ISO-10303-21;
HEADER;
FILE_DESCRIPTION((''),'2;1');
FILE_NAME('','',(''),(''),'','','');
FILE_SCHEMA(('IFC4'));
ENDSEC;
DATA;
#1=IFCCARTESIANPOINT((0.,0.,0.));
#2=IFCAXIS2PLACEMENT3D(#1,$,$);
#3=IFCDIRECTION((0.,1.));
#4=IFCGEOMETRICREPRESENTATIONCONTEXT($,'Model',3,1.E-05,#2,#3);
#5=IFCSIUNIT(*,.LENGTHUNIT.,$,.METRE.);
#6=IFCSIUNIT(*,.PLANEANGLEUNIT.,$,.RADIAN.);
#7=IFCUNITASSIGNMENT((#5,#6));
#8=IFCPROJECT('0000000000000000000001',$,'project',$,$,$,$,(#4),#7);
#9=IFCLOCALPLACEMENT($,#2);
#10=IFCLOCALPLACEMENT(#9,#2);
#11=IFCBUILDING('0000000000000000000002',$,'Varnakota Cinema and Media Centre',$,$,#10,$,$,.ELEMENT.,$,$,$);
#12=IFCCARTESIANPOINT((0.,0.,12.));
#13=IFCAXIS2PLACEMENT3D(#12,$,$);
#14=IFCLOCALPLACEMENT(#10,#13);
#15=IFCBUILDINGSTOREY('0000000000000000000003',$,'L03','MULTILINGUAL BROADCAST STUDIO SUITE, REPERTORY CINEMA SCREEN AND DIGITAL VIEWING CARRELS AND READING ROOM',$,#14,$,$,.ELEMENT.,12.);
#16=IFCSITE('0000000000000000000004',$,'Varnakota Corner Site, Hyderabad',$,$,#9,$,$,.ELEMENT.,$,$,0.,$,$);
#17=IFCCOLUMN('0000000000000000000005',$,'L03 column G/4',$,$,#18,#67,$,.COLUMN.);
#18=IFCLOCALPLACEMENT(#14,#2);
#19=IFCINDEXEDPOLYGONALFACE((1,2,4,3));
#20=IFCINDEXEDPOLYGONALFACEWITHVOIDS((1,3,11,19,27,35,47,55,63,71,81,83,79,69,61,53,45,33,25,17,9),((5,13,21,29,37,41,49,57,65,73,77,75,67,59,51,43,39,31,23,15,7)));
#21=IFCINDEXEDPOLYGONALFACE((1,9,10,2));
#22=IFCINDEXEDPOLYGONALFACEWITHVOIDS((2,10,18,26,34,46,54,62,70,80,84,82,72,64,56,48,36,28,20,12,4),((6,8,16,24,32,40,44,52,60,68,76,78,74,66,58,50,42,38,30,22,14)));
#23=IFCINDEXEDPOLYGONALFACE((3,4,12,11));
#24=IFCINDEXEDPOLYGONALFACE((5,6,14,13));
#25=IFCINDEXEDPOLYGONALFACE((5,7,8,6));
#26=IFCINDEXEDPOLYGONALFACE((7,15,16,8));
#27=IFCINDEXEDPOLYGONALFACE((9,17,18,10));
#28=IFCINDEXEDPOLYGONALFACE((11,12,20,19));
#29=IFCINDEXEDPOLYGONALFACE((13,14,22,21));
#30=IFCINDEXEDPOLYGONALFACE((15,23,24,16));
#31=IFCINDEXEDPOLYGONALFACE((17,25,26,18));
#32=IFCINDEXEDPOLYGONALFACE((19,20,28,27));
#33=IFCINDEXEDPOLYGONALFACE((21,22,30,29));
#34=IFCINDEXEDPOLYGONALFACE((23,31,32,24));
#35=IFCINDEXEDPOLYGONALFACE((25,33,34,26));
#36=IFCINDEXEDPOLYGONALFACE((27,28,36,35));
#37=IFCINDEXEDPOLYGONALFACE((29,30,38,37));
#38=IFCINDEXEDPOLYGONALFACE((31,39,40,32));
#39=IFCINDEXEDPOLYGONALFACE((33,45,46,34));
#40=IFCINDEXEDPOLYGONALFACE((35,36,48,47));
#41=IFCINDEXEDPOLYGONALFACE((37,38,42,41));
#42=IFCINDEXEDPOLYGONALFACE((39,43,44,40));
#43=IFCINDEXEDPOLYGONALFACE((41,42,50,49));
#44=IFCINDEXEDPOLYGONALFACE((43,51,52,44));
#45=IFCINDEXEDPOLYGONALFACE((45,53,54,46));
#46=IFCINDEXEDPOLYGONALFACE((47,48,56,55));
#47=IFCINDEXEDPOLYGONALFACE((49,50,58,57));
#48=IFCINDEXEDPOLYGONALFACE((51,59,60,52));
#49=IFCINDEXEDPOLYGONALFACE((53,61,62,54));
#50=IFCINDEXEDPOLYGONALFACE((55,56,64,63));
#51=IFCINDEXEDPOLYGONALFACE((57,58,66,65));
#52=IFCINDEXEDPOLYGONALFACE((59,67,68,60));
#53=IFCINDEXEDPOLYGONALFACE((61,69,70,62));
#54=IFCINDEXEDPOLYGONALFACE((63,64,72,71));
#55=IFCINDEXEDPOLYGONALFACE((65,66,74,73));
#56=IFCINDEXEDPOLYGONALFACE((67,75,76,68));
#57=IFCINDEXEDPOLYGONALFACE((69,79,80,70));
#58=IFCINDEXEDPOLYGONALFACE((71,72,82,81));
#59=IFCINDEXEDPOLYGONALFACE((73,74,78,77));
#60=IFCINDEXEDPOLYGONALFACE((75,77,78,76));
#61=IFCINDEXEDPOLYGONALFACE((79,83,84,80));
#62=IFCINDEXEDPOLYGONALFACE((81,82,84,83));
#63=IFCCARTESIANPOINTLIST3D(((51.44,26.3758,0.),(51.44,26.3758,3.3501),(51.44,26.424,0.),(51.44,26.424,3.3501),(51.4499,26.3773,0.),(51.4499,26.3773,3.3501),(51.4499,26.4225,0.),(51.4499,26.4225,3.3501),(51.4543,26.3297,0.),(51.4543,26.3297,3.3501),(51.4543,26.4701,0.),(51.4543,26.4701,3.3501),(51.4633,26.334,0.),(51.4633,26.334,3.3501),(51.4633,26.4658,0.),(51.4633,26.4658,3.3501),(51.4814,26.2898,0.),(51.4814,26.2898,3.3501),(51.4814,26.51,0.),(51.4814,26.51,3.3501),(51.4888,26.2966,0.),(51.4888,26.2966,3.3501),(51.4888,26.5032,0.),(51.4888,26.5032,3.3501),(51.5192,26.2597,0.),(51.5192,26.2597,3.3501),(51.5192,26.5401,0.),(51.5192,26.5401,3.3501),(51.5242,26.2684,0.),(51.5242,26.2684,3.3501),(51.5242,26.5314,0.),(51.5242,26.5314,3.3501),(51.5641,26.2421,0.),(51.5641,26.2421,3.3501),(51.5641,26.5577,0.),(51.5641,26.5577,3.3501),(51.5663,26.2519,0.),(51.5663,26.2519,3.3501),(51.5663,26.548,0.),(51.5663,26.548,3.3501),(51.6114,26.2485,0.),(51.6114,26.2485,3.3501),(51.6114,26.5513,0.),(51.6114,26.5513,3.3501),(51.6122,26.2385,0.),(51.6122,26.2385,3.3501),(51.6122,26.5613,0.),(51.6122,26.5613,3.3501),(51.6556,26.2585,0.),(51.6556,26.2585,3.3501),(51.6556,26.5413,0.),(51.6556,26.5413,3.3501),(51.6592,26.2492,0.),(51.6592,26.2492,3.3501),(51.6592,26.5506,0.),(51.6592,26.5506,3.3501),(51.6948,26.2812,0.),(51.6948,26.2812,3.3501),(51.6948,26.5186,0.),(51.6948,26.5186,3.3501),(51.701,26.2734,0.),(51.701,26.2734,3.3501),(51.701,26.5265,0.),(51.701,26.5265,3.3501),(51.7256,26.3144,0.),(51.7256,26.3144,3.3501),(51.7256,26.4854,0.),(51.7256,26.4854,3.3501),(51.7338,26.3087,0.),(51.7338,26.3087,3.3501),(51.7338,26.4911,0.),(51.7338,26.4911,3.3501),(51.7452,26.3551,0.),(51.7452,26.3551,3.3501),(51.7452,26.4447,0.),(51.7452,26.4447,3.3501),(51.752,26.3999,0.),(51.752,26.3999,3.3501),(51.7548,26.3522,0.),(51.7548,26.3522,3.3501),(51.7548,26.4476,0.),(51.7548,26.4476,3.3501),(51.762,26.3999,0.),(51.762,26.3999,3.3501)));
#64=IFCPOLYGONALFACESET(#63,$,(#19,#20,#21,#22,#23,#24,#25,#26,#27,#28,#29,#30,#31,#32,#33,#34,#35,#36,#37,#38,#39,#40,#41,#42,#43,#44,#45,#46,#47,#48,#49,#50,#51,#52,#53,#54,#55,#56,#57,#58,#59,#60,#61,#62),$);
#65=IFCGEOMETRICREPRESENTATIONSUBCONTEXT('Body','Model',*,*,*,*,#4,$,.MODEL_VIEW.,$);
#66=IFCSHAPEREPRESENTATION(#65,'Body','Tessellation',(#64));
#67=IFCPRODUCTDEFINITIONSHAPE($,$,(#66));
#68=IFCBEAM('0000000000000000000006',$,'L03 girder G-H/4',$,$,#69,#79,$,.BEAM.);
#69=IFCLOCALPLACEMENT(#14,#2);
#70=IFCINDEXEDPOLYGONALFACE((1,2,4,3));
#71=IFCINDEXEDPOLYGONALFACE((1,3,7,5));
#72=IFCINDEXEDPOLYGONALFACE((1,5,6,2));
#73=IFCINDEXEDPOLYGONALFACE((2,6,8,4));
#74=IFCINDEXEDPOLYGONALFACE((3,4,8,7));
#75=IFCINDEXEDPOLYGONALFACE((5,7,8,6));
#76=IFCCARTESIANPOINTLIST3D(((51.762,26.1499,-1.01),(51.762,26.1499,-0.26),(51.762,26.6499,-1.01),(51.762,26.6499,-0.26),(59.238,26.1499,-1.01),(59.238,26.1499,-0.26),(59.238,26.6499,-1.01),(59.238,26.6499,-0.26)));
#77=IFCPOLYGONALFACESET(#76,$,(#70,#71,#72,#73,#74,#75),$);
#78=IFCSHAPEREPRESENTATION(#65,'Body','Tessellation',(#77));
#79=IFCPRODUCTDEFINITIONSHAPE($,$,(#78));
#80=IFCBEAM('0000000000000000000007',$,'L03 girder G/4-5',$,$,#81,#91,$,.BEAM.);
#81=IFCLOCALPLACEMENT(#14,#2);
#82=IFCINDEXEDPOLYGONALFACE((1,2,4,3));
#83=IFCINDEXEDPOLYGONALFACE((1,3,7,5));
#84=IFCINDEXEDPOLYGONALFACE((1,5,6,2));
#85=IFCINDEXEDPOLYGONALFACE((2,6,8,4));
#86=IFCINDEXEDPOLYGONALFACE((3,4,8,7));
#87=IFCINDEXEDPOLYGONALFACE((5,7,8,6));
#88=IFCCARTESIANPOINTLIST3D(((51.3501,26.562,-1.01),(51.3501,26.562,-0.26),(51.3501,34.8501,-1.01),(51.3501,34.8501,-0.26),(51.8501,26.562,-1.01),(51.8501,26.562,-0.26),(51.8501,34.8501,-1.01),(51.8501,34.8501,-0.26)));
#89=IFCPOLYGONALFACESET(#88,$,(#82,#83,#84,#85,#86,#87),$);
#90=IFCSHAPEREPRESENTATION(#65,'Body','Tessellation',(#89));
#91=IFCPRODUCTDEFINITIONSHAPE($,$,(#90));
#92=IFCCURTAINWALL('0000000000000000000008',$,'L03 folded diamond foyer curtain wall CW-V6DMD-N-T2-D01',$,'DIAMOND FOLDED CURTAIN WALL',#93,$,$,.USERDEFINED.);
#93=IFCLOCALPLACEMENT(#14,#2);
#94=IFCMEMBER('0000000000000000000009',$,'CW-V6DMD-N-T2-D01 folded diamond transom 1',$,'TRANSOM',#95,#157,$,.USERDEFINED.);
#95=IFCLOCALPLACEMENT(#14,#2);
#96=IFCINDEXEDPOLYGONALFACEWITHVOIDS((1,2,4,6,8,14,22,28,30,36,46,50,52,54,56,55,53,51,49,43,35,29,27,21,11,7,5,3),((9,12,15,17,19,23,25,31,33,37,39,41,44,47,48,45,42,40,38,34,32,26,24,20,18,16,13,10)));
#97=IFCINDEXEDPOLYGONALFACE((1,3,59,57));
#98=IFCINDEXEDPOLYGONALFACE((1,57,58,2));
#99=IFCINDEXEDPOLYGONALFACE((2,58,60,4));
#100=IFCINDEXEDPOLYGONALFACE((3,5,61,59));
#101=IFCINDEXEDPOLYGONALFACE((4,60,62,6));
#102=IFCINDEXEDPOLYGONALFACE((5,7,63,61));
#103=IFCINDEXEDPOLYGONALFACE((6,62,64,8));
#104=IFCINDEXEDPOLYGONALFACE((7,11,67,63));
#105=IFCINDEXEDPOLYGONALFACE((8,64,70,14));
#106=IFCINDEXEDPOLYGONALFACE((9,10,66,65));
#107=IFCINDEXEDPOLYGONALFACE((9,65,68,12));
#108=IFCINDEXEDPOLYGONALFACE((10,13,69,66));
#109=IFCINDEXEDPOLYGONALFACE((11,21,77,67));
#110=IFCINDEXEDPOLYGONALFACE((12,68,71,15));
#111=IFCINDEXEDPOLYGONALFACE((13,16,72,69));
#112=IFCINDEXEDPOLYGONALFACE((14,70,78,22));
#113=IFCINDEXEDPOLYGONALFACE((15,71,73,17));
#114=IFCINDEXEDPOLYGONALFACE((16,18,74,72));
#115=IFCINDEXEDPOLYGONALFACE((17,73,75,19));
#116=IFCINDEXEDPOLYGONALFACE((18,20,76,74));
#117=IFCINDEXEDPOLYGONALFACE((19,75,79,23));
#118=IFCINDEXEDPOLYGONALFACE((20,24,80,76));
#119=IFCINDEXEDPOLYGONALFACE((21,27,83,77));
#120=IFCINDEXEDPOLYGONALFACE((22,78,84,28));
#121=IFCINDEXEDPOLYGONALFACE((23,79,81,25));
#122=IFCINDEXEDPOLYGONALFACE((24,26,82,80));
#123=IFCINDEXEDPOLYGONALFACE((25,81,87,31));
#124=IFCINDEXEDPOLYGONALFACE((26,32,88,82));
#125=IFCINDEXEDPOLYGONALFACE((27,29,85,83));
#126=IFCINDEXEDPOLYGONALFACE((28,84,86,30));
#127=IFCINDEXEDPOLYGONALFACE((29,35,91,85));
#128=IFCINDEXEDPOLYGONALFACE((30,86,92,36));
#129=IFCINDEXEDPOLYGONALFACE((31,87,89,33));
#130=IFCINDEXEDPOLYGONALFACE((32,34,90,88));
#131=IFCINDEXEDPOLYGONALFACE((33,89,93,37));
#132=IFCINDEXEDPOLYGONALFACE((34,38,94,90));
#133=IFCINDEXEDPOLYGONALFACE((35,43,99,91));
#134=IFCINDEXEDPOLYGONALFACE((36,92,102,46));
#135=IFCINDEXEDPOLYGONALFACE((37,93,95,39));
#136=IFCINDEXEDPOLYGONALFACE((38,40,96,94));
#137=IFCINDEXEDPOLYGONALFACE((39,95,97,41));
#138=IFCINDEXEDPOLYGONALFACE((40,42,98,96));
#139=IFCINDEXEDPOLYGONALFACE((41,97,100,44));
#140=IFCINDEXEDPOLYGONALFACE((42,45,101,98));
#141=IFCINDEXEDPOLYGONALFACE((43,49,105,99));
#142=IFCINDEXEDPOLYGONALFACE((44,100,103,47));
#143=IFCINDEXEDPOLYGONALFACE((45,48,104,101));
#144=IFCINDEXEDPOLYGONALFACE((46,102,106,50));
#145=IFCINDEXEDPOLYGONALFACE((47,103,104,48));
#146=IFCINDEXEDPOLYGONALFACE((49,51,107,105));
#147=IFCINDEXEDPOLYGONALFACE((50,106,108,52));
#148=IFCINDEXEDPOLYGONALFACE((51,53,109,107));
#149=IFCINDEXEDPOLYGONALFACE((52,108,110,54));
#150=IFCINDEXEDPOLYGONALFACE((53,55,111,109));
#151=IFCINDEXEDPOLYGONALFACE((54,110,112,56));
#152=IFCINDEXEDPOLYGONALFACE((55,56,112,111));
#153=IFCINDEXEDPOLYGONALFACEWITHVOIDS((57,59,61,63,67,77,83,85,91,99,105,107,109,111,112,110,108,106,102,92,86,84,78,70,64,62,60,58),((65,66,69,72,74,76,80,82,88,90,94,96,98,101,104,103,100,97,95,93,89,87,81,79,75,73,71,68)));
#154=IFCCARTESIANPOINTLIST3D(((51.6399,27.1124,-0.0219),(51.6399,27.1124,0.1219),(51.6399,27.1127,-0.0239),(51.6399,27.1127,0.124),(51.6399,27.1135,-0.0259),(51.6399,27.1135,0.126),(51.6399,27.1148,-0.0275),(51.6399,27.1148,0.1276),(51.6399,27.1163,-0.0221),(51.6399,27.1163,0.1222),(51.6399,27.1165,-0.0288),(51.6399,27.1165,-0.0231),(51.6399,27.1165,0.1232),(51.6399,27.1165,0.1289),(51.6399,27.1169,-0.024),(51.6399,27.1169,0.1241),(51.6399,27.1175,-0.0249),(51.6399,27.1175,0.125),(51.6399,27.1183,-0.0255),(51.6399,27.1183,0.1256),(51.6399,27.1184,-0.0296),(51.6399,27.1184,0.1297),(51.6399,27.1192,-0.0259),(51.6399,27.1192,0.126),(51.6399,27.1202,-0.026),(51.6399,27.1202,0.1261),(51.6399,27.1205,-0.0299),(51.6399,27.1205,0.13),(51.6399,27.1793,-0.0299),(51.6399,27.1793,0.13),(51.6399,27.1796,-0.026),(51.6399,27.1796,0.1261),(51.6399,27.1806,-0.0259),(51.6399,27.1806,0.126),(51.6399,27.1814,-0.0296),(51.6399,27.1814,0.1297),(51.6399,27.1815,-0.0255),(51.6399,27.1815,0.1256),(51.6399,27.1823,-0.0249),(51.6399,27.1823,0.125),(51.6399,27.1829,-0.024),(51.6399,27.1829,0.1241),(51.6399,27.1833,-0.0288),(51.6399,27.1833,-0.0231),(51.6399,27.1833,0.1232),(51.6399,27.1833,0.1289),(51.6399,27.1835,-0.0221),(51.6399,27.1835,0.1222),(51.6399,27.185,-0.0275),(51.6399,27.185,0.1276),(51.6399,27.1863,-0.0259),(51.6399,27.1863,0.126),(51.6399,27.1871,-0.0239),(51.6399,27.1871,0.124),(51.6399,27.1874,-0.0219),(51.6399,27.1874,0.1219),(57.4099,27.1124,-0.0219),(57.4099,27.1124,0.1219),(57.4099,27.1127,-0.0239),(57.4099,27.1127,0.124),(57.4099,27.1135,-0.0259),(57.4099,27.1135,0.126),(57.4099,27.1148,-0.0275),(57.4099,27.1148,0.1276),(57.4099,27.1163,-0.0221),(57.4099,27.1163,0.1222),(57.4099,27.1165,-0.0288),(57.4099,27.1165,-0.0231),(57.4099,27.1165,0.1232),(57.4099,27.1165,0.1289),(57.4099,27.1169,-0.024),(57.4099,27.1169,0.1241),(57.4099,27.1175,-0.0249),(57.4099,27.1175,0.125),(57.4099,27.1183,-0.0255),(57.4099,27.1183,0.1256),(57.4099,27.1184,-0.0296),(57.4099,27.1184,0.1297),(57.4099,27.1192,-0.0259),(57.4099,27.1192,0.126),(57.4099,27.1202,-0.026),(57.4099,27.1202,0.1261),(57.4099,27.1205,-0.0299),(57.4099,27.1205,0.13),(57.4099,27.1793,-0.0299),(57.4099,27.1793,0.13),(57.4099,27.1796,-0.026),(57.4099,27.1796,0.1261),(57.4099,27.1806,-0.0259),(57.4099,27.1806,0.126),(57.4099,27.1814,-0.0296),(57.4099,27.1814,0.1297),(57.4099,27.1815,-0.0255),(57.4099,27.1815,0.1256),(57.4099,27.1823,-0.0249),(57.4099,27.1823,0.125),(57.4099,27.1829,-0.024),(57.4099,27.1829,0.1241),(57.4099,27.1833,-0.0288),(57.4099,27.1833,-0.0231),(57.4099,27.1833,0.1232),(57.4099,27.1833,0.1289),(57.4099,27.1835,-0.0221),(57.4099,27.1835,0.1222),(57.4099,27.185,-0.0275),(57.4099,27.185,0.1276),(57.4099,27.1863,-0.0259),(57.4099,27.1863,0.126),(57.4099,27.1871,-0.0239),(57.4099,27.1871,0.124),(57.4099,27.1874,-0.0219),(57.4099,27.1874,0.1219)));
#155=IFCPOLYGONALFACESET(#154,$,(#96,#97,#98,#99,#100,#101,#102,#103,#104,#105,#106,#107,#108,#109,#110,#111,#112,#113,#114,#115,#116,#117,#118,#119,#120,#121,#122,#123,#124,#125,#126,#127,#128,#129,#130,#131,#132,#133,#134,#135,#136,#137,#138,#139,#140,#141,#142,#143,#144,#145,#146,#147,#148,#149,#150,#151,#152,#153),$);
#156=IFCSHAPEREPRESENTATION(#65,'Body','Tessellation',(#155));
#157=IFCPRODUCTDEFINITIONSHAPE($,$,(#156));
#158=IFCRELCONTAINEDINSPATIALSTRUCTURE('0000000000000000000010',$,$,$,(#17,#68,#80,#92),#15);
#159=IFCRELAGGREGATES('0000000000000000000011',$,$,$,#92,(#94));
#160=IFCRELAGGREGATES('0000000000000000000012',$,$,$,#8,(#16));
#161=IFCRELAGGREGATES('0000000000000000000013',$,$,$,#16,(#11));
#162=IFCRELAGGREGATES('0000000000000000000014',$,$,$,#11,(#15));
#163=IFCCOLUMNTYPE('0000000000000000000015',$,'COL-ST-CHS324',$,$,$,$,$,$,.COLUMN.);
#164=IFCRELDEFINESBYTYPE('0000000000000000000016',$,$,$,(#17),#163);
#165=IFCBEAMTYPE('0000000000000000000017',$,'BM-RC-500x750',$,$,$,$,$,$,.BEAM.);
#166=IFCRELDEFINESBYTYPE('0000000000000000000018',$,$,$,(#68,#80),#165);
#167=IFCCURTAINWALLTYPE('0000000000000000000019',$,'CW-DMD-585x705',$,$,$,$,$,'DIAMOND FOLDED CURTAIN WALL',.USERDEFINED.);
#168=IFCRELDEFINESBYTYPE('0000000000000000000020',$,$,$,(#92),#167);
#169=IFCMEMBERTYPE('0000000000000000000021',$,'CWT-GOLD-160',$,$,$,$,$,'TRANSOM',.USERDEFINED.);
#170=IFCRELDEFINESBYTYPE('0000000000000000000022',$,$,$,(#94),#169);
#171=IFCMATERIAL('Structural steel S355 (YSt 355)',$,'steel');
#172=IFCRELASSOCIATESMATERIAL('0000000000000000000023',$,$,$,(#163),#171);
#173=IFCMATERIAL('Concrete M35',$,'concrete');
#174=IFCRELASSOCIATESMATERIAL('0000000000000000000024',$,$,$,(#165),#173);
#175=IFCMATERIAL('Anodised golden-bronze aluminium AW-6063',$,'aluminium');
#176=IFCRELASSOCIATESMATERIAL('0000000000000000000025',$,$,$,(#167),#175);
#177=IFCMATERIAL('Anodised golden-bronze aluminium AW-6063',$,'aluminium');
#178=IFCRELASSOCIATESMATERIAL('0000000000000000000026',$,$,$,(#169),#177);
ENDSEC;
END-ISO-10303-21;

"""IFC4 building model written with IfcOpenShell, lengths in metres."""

from ifc_helpers import new_model, si_unit, direction, frame, origin, origin_2d, place, context, subcontext, project, spatial, rectangle, hollow_rectangle, hollow_circle, extrude, material, material_profile, profile_set, type_object, element, aggregate, save


model = new_model("IFC4")

# Units and contexts
model_context = context("Model", 3, precision=1e-05, world=origin(), true_north=direction((0.0, 1.0)))
body_context = subcontext(model_context, "Body", "Model", "MODEL_VIEW")
ifc_project = project(units=[si_unit("LENGTHUNIT", "METRE"), si_unit("PLANEANGLEUNIT", "RADIAN")], contexts=[model_context])

# Site, building, storey
site_placement = place(None, origin())
site = spatial("IfcSite", under=ifc_project, at=site_placement, Name="Varnakota Corner Site, Hyderabad", CompositionType="ELEMENT", RefElevation=0.0)
building_placement = place(site_placement, origin())
building = spatial("IfcBuilding", under=site, at=building_placement, Name="Varnakota Cinema and Media Centre", CompositionType="ELEMENT")
storey_placement = place(building_placement, frame((0.0, 0.0, 12.0)))
storey = spatial("IfcBuildingStorey", under=building, at=storey_placement, Name="L03", Description="MULTILINGUAL BROADCAST STUDIO SUITE, REPERTORY CINEMA SCREEN AND DIGITAL VIEWING CARRELS AND READING ROOM", CompositionType="ELEMENT", Elevation=12.0)

# Column
ifc_material_1 = material(Name="Structural steel S355 (YSt 355)", Category="steel")
ifc_material_profile_1 = material_profile(ifc_material_1, hollow_circle(Radius=0.1619, WallThickness=0.01, at=origin_2d()), Name="CHS 323.9x10.0")
ifc_profile_set_1 = profile_set([ifc_material_profile_1], Name="Structural steel S355 (YSt 355)")
column_type = type_object("IfcColumnType", Name="COL-ST-CHS324", PredefinedType="COLUMN", material=ifc_profile_set_1)
column_placement = place(storey_placement, frame((51.6001, 26.3999, 0.0), z_axis=(0.0, 0.0, 1.0), x_axis=(1.0, 0.0, 0.0)))
element("IfcColumn", 1, at=column_placement, inside=storey, type_object=column_type, Name="L03 column G/4", PredefinedType="COLUMN", context=body_context, shape_type="SweptSolid", body=[
    extrude(hollow_circle(Radius=0.1619, WallThickness=0.01, at=origin_2d()), origin(), (0.0, 0.0, 1.0), 3.3501),
])

# Beams
ifc_material_2 = material(Name="Concrete M35", Category="concrete")
ifc_material_profile_2 = material_profile(ifc_material_2, rectangle(XDim=0.5, YDim=0.75, at=origin_2d()), Name="RCB 500x750")
ifc_profile_set_2 = profile_set([ifc_material_profile_2], Name="Concrete M35")
beam_type = type_object("IfcBeamType", Name="BM-RC-500x750", PredefinedType="BEAM", material=ifc_profile_set_2)
beam_1_placement = place(storey_placement, frame((51.762, 26.3999, -0.635), z_axis=(1.0, 0.0, 0.0), x_axis=(0.0, 1.0, 0.0)))
element("IfcBeam", 2, at=beam_1_placement, inside=storey, type_object=beam_type, Name="L03 girder G-H/4", PredefinedType="BEAM", context=body_context, shape_type="SweptSolid", body=[
    extrude(rectangle(XDim=0.5, YDim=0.75, at=origin_2d()), origin(), (0.0, 0.0, 1.0), 7.4761),
])
beam_2_placement = place(storey_placement, frame((51.6001, 26.562, -0.635), z_axis=(0.0, 1.0, 0.0), x_axis=(-1.0, 0.0, 0.0)))
element("IfcBeam", 3, at=beam_2_placement, inside=storey, type_object=beam_type, Name="L03 girder G/4-5", PredefinedType="BEAM", context=body_context, shape_type="SweptSolid", body=[
    extrude(rectangle(XDim=0.5, YDim=0.75, at=origin_2d()), origin(), (0.0, 0.0, 1.0), 8.2881),
])

# Curtain wall, member
ifc_material_3 = material(Name="Anodised golden-bronze aluminium AW-6063", Category="aluminium")
curtain_wall_type = type_object("IfcCurtainWallType", Name="CW-DMD-585x705", ElementType="DIAMOND FOLDED CURTAIN WALL", PredefinedType="USERDEFINED", material=ifc_material_3)
curtain_wall_placement = place(storey_placement, origin())
curtain_wall = element("IfcCurtainWall", 4, at=curtain_wall_placement, inside=storey, type_object=curtain_wall_type, Name="L03 folded diamond foyer curtain wall CW-V6DMD-N-T2-D01", ObjectType="DIAMOND FOLDED CURTAIN WALL", PredefinedType="USERDEFINED")
ifc_material_4 = material(Name="Anodised golden-bronze aluminium AW-6063", Category="aluminium")
ifc_material_profile_3 = material_profile(ifc_material_4, hollow_rectangle(XDim=0.075, YDim=0.1599, WallThickness=0.0039, InnerFilletRadius=0.0039, OuterFilletRadius=0.0081, at=origin_2d()), Name="AL-TRANSOM 160x75x4")
ifc_profile_set_3 = profile_set([ifc_material_profile_3], Name="Anodised golden-bronze aluminium AW-6063")
member_type = type_object("IfcMemberType", Name="CWT-GOLD-160", ElementType="TRANSOM", PredefinedType="USERDEFINED", material=ifc_profile_set_3)
member_1_placement = place(storey_placement, frame((51.6399, 27.1499, 0.05), z_axis=(1.0, 0.0, 0.0), x_axis=(0.0, 1.0, 0.0)))
member_1 = element("IfcMember", 5, at=member_1_placement, type_object=member_type, Name="CW-V6DMD-N-T2-D01 folded diamond transom 1", ObjectType="TRANSOM", PredefinedType="USERDEFINED", context=body_context, shape_type="SweptSolid", body=[
    extrude(hollow_rectangle(XDim=0.075, YDim=0.1599, WallThickness=0.0039, InnerFilletRadius=0.0039, OuterFilletRadius=0.0081, at=origin_2d()), origin(), (0.0, 0.0, 1.0), 5.77),
])
aggregate(curtain_wall, [member_1])

save(model, "model.ifc")
